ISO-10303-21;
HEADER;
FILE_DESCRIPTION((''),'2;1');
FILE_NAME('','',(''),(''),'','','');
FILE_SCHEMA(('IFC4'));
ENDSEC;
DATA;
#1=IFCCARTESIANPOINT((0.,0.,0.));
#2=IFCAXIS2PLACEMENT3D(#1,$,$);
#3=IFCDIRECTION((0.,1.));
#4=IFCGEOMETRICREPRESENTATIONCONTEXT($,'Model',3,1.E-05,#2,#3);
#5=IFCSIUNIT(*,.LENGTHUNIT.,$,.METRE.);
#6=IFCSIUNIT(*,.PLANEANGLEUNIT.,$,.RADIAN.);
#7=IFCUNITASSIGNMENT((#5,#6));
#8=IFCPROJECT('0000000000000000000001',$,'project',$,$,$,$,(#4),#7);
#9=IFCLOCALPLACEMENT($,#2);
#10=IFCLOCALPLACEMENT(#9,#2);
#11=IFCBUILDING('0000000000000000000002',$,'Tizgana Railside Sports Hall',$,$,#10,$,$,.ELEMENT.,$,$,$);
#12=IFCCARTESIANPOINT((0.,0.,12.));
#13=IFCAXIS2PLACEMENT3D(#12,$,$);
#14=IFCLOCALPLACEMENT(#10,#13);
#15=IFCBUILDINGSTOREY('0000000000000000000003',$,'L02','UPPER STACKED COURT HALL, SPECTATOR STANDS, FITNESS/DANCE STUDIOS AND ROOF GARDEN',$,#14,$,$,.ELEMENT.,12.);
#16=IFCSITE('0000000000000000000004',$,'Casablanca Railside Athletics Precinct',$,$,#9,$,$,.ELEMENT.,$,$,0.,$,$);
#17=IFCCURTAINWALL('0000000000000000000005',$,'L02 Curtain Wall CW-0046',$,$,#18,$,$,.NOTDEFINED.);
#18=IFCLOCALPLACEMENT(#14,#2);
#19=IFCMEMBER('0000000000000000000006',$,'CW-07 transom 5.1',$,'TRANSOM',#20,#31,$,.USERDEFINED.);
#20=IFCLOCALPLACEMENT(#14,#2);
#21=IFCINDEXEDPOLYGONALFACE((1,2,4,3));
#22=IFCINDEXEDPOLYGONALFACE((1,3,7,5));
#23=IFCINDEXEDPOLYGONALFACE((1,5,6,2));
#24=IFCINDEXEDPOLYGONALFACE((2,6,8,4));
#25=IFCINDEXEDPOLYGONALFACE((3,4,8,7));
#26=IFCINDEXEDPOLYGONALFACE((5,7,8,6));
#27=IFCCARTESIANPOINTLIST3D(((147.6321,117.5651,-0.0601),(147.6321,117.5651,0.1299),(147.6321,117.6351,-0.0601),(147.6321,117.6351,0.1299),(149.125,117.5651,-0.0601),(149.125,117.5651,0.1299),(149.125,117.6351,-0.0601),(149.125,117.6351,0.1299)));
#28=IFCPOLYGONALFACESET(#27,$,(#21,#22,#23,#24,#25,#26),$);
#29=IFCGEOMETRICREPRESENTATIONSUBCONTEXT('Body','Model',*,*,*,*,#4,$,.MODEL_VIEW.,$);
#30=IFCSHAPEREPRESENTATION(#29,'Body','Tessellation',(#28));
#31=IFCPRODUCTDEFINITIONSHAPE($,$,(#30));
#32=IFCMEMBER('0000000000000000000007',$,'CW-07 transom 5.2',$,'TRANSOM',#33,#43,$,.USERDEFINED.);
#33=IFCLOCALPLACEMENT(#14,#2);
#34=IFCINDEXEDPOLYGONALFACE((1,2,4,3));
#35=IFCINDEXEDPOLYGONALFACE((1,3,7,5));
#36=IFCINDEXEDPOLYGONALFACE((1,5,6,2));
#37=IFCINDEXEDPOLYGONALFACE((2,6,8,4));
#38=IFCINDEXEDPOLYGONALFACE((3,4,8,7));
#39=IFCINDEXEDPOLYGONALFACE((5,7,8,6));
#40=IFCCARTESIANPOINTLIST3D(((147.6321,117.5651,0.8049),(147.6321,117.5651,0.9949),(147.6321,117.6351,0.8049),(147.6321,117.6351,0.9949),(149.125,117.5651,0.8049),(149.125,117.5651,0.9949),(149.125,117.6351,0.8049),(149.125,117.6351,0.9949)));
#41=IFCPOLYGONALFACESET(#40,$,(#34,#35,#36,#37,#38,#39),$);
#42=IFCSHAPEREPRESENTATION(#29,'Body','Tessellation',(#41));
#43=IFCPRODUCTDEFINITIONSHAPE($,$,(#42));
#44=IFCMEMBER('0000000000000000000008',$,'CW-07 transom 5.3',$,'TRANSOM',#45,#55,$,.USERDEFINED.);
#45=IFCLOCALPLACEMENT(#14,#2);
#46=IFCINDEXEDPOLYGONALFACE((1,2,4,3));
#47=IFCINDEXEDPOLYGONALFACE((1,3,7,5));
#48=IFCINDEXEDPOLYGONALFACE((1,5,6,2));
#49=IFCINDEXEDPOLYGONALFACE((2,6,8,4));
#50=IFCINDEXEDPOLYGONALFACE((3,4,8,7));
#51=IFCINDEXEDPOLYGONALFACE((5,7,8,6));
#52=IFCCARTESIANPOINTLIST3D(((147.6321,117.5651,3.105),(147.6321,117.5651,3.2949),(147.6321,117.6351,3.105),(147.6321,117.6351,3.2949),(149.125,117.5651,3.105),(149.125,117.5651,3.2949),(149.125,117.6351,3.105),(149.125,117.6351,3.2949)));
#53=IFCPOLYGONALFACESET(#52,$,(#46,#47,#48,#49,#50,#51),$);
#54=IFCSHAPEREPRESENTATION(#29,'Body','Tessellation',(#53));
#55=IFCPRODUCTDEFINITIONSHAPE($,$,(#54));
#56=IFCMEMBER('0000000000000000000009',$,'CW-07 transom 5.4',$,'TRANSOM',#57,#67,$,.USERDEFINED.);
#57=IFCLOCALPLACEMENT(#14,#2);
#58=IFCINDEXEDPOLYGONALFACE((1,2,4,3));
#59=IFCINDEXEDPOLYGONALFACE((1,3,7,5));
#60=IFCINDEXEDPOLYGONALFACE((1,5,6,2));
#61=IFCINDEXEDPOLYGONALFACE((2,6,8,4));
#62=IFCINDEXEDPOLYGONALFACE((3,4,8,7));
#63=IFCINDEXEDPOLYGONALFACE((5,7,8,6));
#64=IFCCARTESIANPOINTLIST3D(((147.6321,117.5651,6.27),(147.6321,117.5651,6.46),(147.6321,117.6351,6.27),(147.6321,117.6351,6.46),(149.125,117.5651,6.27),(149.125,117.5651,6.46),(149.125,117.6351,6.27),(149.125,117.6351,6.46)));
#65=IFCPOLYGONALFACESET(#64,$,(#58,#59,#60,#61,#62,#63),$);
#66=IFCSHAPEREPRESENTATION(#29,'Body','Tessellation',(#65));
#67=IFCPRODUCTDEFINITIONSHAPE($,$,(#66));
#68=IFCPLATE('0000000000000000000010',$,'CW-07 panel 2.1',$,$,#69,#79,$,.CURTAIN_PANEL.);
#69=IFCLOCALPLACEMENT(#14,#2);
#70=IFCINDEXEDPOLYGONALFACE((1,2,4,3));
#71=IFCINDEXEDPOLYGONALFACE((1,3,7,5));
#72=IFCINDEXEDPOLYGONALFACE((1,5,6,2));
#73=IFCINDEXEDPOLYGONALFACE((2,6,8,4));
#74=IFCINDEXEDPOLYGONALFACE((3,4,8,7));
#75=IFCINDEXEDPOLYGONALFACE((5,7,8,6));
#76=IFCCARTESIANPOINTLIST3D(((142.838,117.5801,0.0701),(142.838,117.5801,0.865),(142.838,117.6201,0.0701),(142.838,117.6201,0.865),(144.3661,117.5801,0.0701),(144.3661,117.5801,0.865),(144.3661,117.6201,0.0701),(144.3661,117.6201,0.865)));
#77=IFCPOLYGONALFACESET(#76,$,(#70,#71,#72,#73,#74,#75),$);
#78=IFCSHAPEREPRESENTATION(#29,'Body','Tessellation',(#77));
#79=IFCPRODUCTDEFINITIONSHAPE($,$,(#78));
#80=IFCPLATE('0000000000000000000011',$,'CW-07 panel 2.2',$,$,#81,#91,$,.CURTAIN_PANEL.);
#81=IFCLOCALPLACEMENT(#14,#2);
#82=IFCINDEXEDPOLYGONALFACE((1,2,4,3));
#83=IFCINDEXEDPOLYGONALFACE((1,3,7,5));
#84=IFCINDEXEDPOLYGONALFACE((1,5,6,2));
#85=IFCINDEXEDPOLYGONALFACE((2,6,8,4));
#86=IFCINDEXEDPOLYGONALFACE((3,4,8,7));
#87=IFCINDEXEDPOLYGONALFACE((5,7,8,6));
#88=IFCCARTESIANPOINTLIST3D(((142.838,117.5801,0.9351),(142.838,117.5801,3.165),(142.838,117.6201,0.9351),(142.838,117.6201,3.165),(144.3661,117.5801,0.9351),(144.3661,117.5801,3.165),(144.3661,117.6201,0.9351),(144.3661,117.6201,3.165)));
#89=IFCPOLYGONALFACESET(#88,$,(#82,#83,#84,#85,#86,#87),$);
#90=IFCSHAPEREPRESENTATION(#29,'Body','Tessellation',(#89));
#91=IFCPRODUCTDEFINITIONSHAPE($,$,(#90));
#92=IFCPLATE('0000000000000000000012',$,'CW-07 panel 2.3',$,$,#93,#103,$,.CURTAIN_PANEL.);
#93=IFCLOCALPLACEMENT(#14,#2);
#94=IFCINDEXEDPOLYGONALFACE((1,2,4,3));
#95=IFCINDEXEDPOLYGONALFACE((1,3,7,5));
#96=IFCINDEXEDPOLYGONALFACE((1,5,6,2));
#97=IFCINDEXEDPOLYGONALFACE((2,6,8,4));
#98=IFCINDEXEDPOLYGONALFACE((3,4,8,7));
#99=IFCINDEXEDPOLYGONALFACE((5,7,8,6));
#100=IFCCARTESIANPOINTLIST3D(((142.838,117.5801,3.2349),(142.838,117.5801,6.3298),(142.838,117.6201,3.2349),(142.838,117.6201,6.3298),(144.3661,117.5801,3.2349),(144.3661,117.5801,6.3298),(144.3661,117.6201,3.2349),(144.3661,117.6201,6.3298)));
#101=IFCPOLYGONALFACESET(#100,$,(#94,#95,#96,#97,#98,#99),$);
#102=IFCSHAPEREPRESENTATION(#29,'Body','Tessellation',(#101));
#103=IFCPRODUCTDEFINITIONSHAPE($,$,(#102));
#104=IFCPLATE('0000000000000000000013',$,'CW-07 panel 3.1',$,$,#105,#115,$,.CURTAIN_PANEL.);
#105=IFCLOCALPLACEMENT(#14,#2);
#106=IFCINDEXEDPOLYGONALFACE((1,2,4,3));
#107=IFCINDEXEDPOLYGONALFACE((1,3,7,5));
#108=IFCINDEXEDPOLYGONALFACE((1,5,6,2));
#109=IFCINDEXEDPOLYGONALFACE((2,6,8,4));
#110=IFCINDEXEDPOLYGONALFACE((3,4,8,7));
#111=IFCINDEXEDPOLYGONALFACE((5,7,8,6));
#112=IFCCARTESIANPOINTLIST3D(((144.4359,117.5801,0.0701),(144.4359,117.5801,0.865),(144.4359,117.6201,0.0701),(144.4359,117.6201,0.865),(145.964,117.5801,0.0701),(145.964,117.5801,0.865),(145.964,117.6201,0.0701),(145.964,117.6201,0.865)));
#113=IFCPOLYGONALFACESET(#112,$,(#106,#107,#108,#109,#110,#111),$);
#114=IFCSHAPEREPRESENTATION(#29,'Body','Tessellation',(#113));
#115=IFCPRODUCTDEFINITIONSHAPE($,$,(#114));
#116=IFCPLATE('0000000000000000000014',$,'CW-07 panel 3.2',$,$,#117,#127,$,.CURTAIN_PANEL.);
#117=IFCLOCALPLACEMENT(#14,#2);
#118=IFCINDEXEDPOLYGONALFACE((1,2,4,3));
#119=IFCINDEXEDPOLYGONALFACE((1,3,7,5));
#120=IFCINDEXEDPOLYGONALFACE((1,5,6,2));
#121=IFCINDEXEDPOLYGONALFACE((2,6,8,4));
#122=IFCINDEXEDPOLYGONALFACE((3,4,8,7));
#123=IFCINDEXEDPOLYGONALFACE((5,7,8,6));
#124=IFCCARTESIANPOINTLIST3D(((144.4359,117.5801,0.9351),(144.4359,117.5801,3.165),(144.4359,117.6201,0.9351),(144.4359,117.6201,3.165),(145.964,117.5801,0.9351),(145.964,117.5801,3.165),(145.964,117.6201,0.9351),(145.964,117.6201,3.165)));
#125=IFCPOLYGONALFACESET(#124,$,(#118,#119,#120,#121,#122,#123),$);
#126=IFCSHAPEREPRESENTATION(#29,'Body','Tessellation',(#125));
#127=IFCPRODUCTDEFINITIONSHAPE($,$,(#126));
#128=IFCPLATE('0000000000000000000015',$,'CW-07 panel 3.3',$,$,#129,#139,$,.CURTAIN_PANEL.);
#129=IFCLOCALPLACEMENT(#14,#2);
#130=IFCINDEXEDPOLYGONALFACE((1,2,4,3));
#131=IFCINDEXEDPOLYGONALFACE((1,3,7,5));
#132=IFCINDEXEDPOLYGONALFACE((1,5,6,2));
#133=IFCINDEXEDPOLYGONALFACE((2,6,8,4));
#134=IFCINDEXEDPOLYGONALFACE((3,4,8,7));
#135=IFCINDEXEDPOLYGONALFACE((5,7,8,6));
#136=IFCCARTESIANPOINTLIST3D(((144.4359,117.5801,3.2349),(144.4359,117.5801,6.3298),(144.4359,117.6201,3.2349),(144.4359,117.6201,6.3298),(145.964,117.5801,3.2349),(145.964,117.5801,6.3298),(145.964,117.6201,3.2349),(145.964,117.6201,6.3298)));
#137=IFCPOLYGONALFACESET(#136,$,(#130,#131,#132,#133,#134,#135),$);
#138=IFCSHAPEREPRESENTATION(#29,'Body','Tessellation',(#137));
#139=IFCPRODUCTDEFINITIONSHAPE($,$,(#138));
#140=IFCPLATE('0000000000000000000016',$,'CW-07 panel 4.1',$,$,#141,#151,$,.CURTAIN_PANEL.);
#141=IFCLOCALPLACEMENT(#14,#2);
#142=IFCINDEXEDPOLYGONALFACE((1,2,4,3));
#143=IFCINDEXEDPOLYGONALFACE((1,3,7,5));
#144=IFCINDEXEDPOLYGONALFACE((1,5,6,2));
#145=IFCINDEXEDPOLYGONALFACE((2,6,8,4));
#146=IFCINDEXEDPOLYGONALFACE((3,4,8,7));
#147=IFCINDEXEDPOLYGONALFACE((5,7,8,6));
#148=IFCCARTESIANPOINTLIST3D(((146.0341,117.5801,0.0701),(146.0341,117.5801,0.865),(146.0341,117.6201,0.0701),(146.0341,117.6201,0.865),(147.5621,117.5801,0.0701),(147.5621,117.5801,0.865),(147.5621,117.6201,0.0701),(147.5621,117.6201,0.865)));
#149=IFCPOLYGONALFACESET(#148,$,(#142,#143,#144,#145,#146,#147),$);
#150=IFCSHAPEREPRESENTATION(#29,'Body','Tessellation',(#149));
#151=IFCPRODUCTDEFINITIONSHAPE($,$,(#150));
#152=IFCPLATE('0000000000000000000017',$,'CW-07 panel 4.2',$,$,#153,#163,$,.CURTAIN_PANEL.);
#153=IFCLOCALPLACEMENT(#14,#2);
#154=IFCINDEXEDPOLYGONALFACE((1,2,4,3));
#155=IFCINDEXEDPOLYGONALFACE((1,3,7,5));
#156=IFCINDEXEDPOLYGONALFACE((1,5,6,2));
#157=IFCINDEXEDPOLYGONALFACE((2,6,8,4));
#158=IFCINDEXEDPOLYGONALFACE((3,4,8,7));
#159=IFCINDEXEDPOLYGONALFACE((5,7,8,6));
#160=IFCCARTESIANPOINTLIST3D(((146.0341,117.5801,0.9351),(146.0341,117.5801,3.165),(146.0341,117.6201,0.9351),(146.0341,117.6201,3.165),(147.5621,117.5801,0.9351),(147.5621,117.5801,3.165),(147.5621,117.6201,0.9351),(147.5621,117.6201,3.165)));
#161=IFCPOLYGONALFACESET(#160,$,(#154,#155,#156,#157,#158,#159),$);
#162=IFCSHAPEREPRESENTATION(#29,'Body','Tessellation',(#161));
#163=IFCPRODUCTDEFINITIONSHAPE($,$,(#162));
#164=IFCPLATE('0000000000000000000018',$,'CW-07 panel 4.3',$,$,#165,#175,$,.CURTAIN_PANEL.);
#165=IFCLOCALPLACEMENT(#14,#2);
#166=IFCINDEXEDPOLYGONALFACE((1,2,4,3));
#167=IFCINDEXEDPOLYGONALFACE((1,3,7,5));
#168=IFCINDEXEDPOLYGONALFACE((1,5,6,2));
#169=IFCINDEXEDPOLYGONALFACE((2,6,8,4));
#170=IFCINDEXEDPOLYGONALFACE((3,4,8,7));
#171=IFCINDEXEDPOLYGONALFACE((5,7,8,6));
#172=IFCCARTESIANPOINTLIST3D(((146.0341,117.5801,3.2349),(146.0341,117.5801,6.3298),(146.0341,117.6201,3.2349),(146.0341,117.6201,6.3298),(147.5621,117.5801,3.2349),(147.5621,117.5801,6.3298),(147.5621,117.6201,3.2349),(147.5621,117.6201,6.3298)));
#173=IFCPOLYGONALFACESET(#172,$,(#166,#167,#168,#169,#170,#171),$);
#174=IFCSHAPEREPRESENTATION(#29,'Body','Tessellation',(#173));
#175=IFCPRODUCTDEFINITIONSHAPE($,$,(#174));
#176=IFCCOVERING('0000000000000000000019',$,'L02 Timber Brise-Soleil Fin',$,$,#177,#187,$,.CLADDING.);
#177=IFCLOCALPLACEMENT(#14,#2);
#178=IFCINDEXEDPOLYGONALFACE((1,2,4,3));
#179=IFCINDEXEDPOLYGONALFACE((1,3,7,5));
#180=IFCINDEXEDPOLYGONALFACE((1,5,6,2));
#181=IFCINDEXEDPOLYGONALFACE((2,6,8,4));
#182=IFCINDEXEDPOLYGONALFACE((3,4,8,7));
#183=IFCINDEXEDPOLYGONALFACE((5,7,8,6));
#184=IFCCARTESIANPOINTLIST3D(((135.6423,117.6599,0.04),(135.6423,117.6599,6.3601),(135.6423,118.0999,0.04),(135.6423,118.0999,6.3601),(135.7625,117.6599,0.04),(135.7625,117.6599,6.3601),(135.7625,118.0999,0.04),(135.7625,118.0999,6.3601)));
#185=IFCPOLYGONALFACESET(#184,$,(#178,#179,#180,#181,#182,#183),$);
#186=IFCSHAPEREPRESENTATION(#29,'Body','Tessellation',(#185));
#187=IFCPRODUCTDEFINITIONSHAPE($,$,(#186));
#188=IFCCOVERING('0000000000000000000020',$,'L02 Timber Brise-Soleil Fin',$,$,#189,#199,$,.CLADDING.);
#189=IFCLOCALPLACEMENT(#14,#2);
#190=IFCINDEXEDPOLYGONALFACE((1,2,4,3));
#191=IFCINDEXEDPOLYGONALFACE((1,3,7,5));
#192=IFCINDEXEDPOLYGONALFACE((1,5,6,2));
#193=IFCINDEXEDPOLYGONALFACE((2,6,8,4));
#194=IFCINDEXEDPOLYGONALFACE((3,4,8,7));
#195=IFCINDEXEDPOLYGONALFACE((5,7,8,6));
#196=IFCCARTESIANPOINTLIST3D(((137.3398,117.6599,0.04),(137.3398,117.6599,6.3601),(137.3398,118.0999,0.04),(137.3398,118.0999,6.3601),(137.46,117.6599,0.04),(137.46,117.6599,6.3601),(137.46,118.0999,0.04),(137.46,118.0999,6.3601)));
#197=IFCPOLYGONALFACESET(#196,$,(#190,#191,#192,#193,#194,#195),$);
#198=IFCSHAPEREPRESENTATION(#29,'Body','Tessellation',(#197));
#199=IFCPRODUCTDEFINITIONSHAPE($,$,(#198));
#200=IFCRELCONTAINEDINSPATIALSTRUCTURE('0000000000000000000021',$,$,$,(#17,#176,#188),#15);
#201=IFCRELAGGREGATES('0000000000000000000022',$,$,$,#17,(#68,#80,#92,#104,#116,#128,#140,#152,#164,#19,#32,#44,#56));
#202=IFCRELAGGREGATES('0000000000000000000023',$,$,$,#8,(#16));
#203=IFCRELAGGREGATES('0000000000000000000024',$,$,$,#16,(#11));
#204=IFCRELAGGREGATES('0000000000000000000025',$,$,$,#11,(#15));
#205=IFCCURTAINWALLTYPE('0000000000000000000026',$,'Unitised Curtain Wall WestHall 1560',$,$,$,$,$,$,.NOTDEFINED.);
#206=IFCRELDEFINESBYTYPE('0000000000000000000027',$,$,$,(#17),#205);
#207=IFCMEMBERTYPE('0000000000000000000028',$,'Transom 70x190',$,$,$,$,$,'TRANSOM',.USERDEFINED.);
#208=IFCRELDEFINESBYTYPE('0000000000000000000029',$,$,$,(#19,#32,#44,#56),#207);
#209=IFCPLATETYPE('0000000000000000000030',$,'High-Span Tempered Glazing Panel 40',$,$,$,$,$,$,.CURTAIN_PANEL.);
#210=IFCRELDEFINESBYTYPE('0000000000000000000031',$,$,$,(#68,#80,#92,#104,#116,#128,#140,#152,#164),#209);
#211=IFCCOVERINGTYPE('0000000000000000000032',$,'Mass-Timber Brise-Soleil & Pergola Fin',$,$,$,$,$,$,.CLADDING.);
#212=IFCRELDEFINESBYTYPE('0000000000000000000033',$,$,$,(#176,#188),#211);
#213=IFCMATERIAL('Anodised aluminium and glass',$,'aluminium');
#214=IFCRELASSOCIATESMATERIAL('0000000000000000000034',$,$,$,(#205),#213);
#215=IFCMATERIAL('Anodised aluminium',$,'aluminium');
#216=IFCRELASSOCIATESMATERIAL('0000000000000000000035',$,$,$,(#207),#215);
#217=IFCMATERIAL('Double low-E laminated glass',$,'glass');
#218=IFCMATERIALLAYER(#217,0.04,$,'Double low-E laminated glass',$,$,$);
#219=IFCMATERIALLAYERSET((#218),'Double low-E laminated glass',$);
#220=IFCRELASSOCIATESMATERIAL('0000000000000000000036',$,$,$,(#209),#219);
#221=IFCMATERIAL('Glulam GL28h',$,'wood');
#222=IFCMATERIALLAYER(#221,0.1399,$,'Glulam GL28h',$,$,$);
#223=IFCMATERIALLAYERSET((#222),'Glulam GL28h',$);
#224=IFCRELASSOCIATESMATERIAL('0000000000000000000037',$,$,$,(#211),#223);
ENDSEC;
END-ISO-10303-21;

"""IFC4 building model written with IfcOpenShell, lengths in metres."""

from ifc_helpers import new_model, si_unit, direction, frame, origin, origin_2d, place, context, subcontext, project, spatial, rectangle, extrude, material, layer, layer_set, material_profile, profile_set, type_object, element, aggregate, save


model = new_model("IFC4")

# Units and contexts
model_context = context("Model", 3, precision=1e-05, world=origin(), true_north=direction((0.0, 1.0)))
body_context = subcontext(model_context, "Body", "Model", "MODEL_VIEW")
ifc_project = project(units=[si_unit("LENGTHUNIT", "METRE"), si_unit("PLANEANGLEUNIT", "RADIAN")], contexts=[model_context])

# Site, building, storey
site_placement = place(None, origin())
site = spatial("IfcSite", under=ifc_project, at=site_placement, Name="Casablanca Railside Athletics Precinct", CompositionType="ELEMENT", RefElevation=0.0)
building_placement = place(site_placement, origin())
building = spatial("IfcBuilding", under=site, at=building_placement, Name="Tizgana Railside Sports Hall", CompositionType="ELEMENT")
storey_placement = place(building_placement, frame((0.0, 0.0, 12.0)))
storey = spatial("IfcBuildingStorey", under=building, at=storey_placement, Name="L02", Description="UPPER STACKED COURT HALL, SPECTATOR STANDS, FITNESS/DANCE STUDIOS AND ROOF GARDEN", CompositionType="ELEMENT", Elevation=12.0)

# Curtain wall, members, plates
ifc_material_1 = material(Name="Anodised aluminium and glass", Category="aluminium")
curtain_wall_type = type_object("IfcCurtainWallType", Name="Unitised Curtain Wall WestHall 1560", PredefinedType="NOTDEFINED", material=ifc_material_1)
curtain_wall_placement = place(storey_placement, origin())
curtain_wall = element("IfcCurtainWall", 1, at=curtain_wall_placement, inside=storey, type_object=curtain_wall_type, Name="L02 Curtain Wall CW-0046", PredefinedType="NOTDEFINED")
ifc_material_2 = material(Name="Anodised aluminium", Category="aluminium")
ifc_material_profile_1 = material_profile(ifc_material_2, rectangle(XDim=0.0701, YDim=0.1899, at=origin_2d()), Name="Transom 70x190")
ifc_profile_set_1 = profile_set([ifc_material_profile_1], Name="Anodised aluminium")
member_type_1 = type_object("IfcMemberType", Name="Transom 70x190", ElementType="TRANSOM", PredefinedType="USERDEFINED", material=ifc_profile_set_1)
member_1_placement = place(storey_placement, frame((147.6321, 117.6001, 0.0349), z_axis=(1.0, 0.0, 0.0), x_axis=(0.0, 1.0, 0.0)))
member_1 = element("IfcMember", 2, at=member_1_placement, type_object=member_type_1, Name="CW-07 transom 5.1", ObjectType="TRANSOM", PredefinedType="USERDEFINED", context=body_context, shape_type="SweptSolid", body=[
    extrude(rectangle(XDim=0.0701, YDim=0.1899, at=origin_2d()), origin(), (0.0, 0.0, 1.0), 1.4929),
])
member_2_placement = place(storey_placement, frame((147.6321, 117.6001, 0.8999), z_axis=(1.0, 0.0, 0.0), x_axis=(0.0, 1.0, 0.0)))
member_2 = element("IfcMember", 3, at=member_2_placement, type_object=member_type_1, Name="CW-07 transom 5.2", ObjectType="TRANSOM", PredefinedType="USERDEFINED", context=body_context, shape_type="SweptSolid", body=[
    extrude(rectangle(XDim=0.0701, YDim=0.1899, at=origin_2d()), origin(), (0.0, 0.0, 1.0), 1.4929),
])
member_3_placement = place(storey_placement, frame((147.6321, 117.6001, 3.2), z_axis=(1.0, 0.0, 0.0), x_axis=(0.0, 1.0, 0.0)))
member_3 = element("IfcMember", 4, at=member_3_placement, type_object=member_type_1, Name="CW-07 transom 5.3", ObjectType="TRANSOM", PredefinedType="USERDEFINED", context=body_context, shape_type="SweptSolid", body=[
    extrude(rectangle(XDim=0.0701, YDim=0.1899, at=origin_2d()), origin(), (0.0, 0.0, 1.0), 1.4929),
])
member_4_placement = place(storey_placement, frame((147.6321, 117.6001, 6.365), z_axis=(1.0, 0.0, 0.0), x_axis=(0.0, 1.0, 0.0)))
member_4 = element("IfcMember", 5, at=member_4_placement, type_object=member_type_1, Name="CW-07 transom 5.4", ObjectType="TRANSOM", PredefinedType="USERDEFINED", context=body_context, shape_type="SweptSolid", body=[
    extrude(rectangle(XDim=0.0701, YDim=0.1899, at=origin_2d()), origin(), (0.0, 0.0, 1.0), 1.4929),
])
ifc_material_3 = material(Name="Double low-E laminated glass", Category="glass")
ifc_layer_1 = layer(ifc_material_3, 0.04, Name="Double low-E laminated glass")
ifc_layer_set_1 = layer_set([ifc_layer_1], Name="Double low-E laminated glass")
plate_type = type_object("IfcPlateType", Name="High-Span Tempered Glazing Panel 40", PredefinedType="CURTAIN_PANEL", material=ifc_layer_set_1)
plate_1_placement = place(storey_placement, frame((143.6021, 117.6001, 0.0701), z_axis=(0.0, 0.0, 1.0), x_axis=(1.0, 0.0, 0.0)))
plate_1 = element("IfcPlate", 6, at=plate_1_placement, type_object=plate_type, Name="CW-07 panel 2.1", PredefinedType="CURTAIN_PANEL", context=body_context, shape_type="SweptSolid", body=[
    extrude(rectangle(XDim=1.5281, YDim=0.04, at=origin_2d()), origin(), (0.0, 0.0, 1.0), 0.7949),
])
plate_2_placement = place(storey_placement, frame((143.6021, 117.6001, 0.9351), z_axis=(0.0, 0.0, 1.0), x_axis=(1.0, 0.0, 0.0)))
plate_2 = element("IfcPlate", 7, at=plate_2_placement, type_object=plate_type, Name="CW-07 panel 2.2", PredefinedType="CURTAIN_PANEL", context=body_context, shape_type="SweptSolid", body=[
    extrude(rectangle(XDim=1.5281, YDim=0.04, at=origin_2d()), origin(), (0.0, 0.0, 1.0), 2.23),
])
plate_3_placement = place(storey_placement, frame((143.6021, 117.6001, 3.2349), z_axis=(0.0, 0.0, 1.0), x_axis=(1.0, 0.0, 0.0)))
plate_3 = element("IfcPlate", 8, at=plate_3_placement, type_object=plate_type, Name="CW-07 panel 2.3", PredefinedType="CURTAIN_PANEL", context=body_context, shape_type="SweptSolid", body=[
    extrude(rectangle(XDim=1.5281, YDim=0.04, at=origin_2d()), origin(), (0.0, 0.0, 1.0), 3.095),
])
plate_4_placement = place(storey_placement, frame((145.2, 117.6001, 0.0701), z_axis=(0.0, 0.0, 1.0), x_axis=(1.0, 0.0, 0.0)))
plate_4 = element("IfcPlate", 9, at=plate_4_placement, type_object=plate_type, Name="CW-07 panel 3.1", PredefinedType="CURTAIN_PANEL", context=body_context, shape_type="SweptSolid", body=[
    extrude(rectangle(XDim=1.5281, YDim=0.04, at=origin_2d()), origin(), (0.0, 0.0, 1.0), 0.7949),
])
plate_5_placement = place(storey_placement, frame((145.2, 117.6001, 0.9351), z_axis=(0.0, 0.0, 1.0), x_axis=(1.0, 0.0, 0.0)))
plate_5 = element("IfcPlate", 10, at=plate_5_placement, type_object=plate_type, Name="CW-07 panel 3.2", PredefinedType="CURTAIN_PANEL", context=body_context, shape_type="SweptSolid", body=[
    extrude(rectangle(XDim=1.5281, YDim=0.04, at=origin_2d()), origin(), (0.0, 0.0, 1.0), 2.23),
])
plate_6_placement = place(storey_placement, frame((145.2, 117.6001, 3.2349), z_axis=(0.0, 0.0, 1.0), x_axis=(1.0, 0.0, 0.0)))
plate_6 = element("IfcPlate", 11, at=plate_6_placement, type_object=plate_type, Name="CW-07 panel 3.3", PredefinedType="CURTAIN_PANEL", context=body_context, shape_type="SweptSolid", body=[
    extrude(rectangle(XDim=1.5281, YDim=0.04, at=origin_2d()), origin(), (0.0, 0.0, 1.0), 3.095),
])
plate_7_placement = place(storey_placement, frame((146.7981, 117.6001, 0.0701), z_axis=(0.0, 0.0, 1.0), x_axis=(1.0, 0.0, 0.0)))
plate_7 = element("IfcPlate", 12, at=plate_7_placement, type_object=plate_type, Name="CW-07 panel 4.1", PredefinedType="CURTAIN_PANEL", context=body_context, shape_type="SweptSolid", body=[
    extrude(rectangle(XDim=1.5281, YDim=0.04, at=origin_2d()), origin(), (0.0, 0.0, 1.0), 0.7949),
])
plate_8_placement = place(storey_placement, frame((146.7981, 117.6001, 0.9351), z_axis=(0.0, 0.0, 1.0), x_axis=(1.0, 0.0, 0.0)))
plate_8 = element("IfcPlate", 13, at=plate_8_placement, type_object=plate_type, Name="CW-07 panel 4.2", PredefinedType="CURTAIN_PANEL", context=body_context, shape_type="SweptSolid", body=[
    extrude(rectangle(XDim=1.5281, YDim=0.04, at=origin_2d()), origin(), (0.0, 0.0, 1.0), 2.23),
])
plate_9_placement = place(storey_placement, frame((146.7981, 117.6001, 3.2349), z_axis=(0.0, 0.0, 1.0), x_axis=(1.0, 0.0, 0.0)))
plate_9 = element("IfcPlate", 14, at=plate_9_placement, type_object=plate_type, Name="CW-07 panel 4.3", PredefinedType="CURTAIN_PANEL", context=body_context, shape_type="SweptSolid", body=[
    extrude(rectangle(XDim=1.5281, YDim=0.04, at=origin_2d()), origin(), (0.0, 0.0, 1.0), 3.095),
])
aggregate(curtain_wall, [plate_1, plate_2, plate_3, plate_4, plate_5, plate_6, plate_7, plate_8, plate_9, member_1, member_2, member_3, member_4])

# Coverings
ifc_material_4 = material(Name="Glulam GL28h", Category="wood")
ifc_layer_2 = layer(ifc_material_4, 0.1399, Name="Glulam GL28h")
ifc_layer_set_2 = layer_set([ifc_layer_2], Name="Glulam GL28h")
covering_type = type_object("IfcCoveringType", Name="Mass-Timber Brise-Soleil & Pergola Fin", PredefinedType="CLADDING", material=ifc_layer_set_2)
for number, where, z_axis, x_axis, name in (
    (15, (135.7024, 117.8799, 0.04), (0.0, 0.0, 1.0), (1.0, 0.0, 0.0), "L02 Timber Brise-Soleil Fin"),
    (16, (137.3999, 117.8799, 0.04), (0.0, 0.0, 1.0), (1.0, 0.0, 0.0), "L02 Timber Brise-Soleil Fin"),
):
    element("IfcCovering", number, at=place(storey_placement, frame(where, z_axis=z_axis, x_axis=x_axis)), inside=storey, type_object=covering_type, Name=name, PredefinedType="CLADDING", context=body_context, shape_type="SweptSolid", body=[
        extrude(rectangle(XDim=0.1201, YDim=0.4399, at=origin_2d()), origin(), (0.0, 0.0, 1.0), 6.3201),
    ])

save(model, "model.ifc")
